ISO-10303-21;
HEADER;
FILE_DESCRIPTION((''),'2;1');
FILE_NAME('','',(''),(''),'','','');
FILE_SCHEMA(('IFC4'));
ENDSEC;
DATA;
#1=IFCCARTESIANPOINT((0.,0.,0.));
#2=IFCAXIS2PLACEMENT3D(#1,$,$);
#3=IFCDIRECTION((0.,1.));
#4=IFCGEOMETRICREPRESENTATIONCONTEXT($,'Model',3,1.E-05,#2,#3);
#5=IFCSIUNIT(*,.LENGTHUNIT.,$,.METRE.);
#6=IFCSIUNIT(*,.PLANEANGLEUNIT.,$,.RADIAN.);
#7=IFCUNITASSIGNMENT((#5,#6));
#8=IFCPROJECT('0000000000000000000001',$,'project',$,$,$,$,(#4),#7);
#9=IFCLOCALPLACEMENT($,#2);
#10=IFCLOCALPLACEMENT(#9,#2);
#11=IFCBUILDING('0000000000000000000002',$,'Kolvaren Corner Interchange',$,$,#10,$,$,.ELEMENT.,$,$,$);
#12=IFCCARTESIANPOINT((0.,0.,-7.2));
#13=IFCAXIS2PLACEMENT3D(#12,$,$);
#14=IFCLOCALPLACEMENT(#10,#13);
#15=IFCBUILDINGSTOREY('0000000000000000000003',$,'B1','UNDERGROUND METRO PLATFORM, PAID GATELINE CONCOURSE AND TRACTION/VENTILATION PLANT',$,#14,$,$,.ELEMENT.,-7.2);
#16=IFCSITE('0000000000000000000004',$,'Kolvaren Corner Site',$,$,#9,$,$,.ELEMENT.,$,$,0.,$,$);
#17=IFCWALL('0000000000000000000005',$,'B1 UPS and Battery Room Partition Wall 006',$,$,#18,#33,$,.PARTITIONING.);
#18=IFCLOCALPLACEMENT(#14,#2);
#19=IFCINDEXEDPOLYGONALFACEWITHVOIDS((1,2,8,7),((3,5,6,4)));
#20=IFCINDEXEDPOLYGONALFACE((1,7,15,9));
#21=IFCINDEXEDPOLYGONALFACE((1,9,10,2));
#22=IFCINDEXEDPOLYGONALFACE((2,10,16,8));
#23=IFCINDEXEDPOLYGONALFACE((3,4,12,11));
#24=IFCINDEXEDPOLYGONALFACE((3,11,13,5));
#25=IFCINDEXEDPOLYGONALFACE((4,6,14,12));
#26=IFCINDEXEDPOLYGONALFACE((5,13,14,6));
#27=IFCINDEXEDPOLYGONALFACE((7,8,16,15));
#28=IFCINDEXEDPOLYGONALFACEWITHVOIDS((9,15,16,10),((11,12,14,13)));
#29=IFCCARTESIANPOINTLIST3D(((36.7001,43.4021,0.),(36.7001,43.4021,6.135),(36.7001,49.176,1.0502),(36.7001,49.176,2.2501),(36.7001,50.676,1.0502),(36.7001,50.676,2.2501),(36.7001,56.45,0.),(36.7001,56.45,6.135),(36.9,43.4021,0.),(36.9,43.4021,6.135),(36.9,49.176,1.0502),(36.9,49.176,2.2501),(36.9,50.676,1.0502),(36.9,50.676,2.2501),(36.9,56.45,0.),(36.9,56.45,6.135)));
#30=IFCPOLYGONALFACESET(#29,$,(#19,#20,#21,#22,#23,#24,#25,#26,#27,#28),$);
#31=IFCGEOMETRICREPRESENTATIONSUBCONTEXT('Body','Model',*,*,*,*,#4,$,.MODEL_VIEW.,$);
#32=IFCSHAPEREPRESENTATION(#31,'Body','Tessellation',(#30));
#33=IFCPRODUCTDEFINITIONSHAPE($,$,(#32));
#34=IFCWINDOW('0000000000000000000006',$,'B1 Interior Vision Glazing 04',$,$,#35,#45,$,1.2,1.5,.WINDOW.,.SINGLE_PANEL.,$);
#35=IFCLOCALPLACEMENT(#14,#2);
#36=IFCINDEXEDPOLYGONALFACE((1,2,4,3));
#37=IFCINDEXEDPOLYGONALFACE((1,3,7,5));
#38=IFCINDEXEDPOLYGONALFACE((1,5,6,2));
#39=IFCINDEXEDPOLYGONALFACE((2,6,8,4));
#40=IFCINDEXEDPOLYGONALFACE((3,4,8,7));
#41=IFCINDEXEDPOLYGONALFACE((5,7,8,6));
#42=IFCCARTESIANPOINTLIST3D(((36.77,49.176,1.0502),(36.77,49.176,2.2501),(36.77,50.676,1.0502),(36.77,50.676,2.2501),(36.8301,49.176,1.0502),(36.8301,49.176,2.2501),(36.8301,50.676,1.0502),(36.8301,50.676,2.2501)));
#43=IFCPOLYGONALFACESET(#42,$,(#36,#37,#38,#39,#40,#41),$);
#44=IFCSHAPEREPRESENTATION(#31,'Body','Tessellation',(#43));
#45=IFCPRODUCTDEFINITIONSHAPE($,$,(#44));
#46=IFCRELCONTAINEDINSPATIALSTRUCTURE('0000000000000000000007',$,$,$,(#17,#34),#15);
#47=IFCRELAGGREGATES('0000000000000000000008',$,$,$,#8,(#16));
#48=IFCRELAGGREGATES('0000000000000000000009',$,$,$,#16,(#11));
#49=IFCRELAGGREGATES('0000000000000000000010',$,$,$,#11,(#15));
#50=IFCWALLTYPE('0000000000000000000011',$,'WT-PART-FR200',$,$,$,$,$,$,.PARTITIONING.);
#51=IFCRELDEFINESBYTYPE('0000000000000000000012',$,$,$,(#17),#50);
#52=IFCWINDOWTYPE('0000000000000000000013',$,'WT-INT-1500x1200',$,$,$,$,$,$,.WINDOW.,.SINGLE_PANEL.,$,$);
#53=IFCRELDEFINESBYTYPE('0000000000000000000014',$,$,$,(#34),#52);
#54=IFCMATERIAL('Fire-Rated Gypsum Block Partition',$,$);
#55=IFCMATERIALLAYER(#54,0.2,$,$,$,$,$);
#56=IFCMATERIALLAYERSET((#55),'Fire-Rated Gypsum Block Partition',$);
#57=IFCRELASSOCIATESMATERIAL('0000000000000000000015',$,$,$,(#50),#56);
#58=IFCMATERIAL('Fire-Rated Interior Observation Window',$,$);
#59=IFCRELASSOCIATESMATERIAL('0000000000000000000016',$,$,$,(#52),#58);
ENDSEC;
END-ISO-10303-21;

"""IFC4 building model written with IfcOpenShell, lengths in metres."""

from ifc_helpers import new_model, si_unit, direction, frame, frame_2d, origin, place, context, subcontext, project, spatial, rectangle, extrude, material, layer, layer_set, type_object, element, fill, save


model = new_model("IFC4")

# Units and contexts
model_context = context("Model", 3, precision=1e-05, world=origin(), true_north=direction((0.0, 1.0)))
body_context = subcontext(model_context, "Body", "Model", "MODEL_VIEW")
ifc_project = project(units=[si_unit("LENGTHUNIT", "METRE"), si_unit("PLANEANGLEUNIT", "RADIAN")], contexts=[model_context])

# Site, building, storey
site_placement = place(None, origin())
site = spatial("IfcSite", under=ifc_project, at=site_placement, Name="Kolvaren Corner Site", CompositionType="ELEMENT", RefElevation=0.0)
building_placement = place(site_placement, origin())
building = spatial("IfcBuilding", under=site, at=building_placement, Name="Kolvaren Corner Interchange", CompositionType="ELEMENT")
storey_placement = place(building_placement, frame((0.0, 0.0, -7.2)))
storey = spatial("IfcBuildingStorey", under=building, at=storey_placement, Name="B1", Description="UNDERGROUND METRO PLATFORM, PAID GATELINE CONCOURSE AND TRACTION/VENTILATION PLANT", CompositionType="ELEMENT", Elevation=-7.2)

# Wall, opening, window
ifc_material_1 = material(Name="Fire-Rated Gypsum Block Partition")
ifc_layer_1 = layer(ifc_material_1, 0.2)
ifc_layer_set_1 = layer_set([ifc_layer_1], Name="Fire-Rated Gypsum Block Partition")
wall_type_1 = type_object("IfcWallType", Name="WT-PART-FR200", PredefinedType="PARTITIONING", material=ifc_layer_set_1)
wall_1_placement = place(storey_placement, frame((36.8, 43.4021, 0.0), z_axis=(0.0, 0.0, 1.0), x_axis=(0.0, 1.0, 0.0)))
wall_1 = element("IfcWall", 1, at=wall_1_placement, inside=storey, type_object=wall_type_1, Name="B1 UPS and Battery Room Partition Wall 006", PredefinedType="PARTITIONING", context=body_context, shape_type="SweptSolid", body=[
    extrude(rectangle(XDim=13.0479, YDim=0.2, at=frame_2d((6.5239, 0.0))), origin(), (0.0, 0.0, 1.0), 6.135),
])
opening_placement = place(wall_1_placement, frame((5.7739, 0.0, 1.05)))
opening = element("IfcOpeningElement", 2, at=opening_placement, cuts=wall_1, PredefinedType="OPENING", context=body_context, shape_type="SweptSolid", body=[
    extrude(rectangle(XDim=1.5, YDim=1.2, at=frame_2d((0.75, 0.6001))), frame((0.0, 0.1099, 0.0), z_axis=(0.0, -1.0, 0.0), x_axis=(1.0, 0.0, 0.0)), (0.0, 0.0, 1.0), 0.22),
])
ifc_material_2 = material(Name="Fire-Rated Interior Observation Window")
window_type = type_object("IfcWindowType", Name="WT-INT-1500x1200", PartitioningType="SINGLE_PANEL", PredefinedType="WINDOW", material=ifc_material_2)
window_placement = place(opening_placement, origin())
window = element("IfcWindow", 3, at=window_placement, inside=storey, type_object=window_type, Name="B1 Interior Vision Glazing 04", OverallHeight=1.2, OverallWidth=1.5, PartitioningType="SINGLE_PANEL", PredefinedType="WINDOW", context=body_context, shape_type="SweptSolid", body=[
    extrude(rectangle(XDim=1.5, YDim=1.2, at=frame_2d((0.75, 0.6001))), frame((0.0, 0.03, 0.0), z_axis=(0.0, -1.0, 0.0), x_axis=(1.0, 0.0, 0.0)), (0.0, 0.0, 1.0), 0.0601),
])
fill(opening, window)

save(model, "model.ifc")
